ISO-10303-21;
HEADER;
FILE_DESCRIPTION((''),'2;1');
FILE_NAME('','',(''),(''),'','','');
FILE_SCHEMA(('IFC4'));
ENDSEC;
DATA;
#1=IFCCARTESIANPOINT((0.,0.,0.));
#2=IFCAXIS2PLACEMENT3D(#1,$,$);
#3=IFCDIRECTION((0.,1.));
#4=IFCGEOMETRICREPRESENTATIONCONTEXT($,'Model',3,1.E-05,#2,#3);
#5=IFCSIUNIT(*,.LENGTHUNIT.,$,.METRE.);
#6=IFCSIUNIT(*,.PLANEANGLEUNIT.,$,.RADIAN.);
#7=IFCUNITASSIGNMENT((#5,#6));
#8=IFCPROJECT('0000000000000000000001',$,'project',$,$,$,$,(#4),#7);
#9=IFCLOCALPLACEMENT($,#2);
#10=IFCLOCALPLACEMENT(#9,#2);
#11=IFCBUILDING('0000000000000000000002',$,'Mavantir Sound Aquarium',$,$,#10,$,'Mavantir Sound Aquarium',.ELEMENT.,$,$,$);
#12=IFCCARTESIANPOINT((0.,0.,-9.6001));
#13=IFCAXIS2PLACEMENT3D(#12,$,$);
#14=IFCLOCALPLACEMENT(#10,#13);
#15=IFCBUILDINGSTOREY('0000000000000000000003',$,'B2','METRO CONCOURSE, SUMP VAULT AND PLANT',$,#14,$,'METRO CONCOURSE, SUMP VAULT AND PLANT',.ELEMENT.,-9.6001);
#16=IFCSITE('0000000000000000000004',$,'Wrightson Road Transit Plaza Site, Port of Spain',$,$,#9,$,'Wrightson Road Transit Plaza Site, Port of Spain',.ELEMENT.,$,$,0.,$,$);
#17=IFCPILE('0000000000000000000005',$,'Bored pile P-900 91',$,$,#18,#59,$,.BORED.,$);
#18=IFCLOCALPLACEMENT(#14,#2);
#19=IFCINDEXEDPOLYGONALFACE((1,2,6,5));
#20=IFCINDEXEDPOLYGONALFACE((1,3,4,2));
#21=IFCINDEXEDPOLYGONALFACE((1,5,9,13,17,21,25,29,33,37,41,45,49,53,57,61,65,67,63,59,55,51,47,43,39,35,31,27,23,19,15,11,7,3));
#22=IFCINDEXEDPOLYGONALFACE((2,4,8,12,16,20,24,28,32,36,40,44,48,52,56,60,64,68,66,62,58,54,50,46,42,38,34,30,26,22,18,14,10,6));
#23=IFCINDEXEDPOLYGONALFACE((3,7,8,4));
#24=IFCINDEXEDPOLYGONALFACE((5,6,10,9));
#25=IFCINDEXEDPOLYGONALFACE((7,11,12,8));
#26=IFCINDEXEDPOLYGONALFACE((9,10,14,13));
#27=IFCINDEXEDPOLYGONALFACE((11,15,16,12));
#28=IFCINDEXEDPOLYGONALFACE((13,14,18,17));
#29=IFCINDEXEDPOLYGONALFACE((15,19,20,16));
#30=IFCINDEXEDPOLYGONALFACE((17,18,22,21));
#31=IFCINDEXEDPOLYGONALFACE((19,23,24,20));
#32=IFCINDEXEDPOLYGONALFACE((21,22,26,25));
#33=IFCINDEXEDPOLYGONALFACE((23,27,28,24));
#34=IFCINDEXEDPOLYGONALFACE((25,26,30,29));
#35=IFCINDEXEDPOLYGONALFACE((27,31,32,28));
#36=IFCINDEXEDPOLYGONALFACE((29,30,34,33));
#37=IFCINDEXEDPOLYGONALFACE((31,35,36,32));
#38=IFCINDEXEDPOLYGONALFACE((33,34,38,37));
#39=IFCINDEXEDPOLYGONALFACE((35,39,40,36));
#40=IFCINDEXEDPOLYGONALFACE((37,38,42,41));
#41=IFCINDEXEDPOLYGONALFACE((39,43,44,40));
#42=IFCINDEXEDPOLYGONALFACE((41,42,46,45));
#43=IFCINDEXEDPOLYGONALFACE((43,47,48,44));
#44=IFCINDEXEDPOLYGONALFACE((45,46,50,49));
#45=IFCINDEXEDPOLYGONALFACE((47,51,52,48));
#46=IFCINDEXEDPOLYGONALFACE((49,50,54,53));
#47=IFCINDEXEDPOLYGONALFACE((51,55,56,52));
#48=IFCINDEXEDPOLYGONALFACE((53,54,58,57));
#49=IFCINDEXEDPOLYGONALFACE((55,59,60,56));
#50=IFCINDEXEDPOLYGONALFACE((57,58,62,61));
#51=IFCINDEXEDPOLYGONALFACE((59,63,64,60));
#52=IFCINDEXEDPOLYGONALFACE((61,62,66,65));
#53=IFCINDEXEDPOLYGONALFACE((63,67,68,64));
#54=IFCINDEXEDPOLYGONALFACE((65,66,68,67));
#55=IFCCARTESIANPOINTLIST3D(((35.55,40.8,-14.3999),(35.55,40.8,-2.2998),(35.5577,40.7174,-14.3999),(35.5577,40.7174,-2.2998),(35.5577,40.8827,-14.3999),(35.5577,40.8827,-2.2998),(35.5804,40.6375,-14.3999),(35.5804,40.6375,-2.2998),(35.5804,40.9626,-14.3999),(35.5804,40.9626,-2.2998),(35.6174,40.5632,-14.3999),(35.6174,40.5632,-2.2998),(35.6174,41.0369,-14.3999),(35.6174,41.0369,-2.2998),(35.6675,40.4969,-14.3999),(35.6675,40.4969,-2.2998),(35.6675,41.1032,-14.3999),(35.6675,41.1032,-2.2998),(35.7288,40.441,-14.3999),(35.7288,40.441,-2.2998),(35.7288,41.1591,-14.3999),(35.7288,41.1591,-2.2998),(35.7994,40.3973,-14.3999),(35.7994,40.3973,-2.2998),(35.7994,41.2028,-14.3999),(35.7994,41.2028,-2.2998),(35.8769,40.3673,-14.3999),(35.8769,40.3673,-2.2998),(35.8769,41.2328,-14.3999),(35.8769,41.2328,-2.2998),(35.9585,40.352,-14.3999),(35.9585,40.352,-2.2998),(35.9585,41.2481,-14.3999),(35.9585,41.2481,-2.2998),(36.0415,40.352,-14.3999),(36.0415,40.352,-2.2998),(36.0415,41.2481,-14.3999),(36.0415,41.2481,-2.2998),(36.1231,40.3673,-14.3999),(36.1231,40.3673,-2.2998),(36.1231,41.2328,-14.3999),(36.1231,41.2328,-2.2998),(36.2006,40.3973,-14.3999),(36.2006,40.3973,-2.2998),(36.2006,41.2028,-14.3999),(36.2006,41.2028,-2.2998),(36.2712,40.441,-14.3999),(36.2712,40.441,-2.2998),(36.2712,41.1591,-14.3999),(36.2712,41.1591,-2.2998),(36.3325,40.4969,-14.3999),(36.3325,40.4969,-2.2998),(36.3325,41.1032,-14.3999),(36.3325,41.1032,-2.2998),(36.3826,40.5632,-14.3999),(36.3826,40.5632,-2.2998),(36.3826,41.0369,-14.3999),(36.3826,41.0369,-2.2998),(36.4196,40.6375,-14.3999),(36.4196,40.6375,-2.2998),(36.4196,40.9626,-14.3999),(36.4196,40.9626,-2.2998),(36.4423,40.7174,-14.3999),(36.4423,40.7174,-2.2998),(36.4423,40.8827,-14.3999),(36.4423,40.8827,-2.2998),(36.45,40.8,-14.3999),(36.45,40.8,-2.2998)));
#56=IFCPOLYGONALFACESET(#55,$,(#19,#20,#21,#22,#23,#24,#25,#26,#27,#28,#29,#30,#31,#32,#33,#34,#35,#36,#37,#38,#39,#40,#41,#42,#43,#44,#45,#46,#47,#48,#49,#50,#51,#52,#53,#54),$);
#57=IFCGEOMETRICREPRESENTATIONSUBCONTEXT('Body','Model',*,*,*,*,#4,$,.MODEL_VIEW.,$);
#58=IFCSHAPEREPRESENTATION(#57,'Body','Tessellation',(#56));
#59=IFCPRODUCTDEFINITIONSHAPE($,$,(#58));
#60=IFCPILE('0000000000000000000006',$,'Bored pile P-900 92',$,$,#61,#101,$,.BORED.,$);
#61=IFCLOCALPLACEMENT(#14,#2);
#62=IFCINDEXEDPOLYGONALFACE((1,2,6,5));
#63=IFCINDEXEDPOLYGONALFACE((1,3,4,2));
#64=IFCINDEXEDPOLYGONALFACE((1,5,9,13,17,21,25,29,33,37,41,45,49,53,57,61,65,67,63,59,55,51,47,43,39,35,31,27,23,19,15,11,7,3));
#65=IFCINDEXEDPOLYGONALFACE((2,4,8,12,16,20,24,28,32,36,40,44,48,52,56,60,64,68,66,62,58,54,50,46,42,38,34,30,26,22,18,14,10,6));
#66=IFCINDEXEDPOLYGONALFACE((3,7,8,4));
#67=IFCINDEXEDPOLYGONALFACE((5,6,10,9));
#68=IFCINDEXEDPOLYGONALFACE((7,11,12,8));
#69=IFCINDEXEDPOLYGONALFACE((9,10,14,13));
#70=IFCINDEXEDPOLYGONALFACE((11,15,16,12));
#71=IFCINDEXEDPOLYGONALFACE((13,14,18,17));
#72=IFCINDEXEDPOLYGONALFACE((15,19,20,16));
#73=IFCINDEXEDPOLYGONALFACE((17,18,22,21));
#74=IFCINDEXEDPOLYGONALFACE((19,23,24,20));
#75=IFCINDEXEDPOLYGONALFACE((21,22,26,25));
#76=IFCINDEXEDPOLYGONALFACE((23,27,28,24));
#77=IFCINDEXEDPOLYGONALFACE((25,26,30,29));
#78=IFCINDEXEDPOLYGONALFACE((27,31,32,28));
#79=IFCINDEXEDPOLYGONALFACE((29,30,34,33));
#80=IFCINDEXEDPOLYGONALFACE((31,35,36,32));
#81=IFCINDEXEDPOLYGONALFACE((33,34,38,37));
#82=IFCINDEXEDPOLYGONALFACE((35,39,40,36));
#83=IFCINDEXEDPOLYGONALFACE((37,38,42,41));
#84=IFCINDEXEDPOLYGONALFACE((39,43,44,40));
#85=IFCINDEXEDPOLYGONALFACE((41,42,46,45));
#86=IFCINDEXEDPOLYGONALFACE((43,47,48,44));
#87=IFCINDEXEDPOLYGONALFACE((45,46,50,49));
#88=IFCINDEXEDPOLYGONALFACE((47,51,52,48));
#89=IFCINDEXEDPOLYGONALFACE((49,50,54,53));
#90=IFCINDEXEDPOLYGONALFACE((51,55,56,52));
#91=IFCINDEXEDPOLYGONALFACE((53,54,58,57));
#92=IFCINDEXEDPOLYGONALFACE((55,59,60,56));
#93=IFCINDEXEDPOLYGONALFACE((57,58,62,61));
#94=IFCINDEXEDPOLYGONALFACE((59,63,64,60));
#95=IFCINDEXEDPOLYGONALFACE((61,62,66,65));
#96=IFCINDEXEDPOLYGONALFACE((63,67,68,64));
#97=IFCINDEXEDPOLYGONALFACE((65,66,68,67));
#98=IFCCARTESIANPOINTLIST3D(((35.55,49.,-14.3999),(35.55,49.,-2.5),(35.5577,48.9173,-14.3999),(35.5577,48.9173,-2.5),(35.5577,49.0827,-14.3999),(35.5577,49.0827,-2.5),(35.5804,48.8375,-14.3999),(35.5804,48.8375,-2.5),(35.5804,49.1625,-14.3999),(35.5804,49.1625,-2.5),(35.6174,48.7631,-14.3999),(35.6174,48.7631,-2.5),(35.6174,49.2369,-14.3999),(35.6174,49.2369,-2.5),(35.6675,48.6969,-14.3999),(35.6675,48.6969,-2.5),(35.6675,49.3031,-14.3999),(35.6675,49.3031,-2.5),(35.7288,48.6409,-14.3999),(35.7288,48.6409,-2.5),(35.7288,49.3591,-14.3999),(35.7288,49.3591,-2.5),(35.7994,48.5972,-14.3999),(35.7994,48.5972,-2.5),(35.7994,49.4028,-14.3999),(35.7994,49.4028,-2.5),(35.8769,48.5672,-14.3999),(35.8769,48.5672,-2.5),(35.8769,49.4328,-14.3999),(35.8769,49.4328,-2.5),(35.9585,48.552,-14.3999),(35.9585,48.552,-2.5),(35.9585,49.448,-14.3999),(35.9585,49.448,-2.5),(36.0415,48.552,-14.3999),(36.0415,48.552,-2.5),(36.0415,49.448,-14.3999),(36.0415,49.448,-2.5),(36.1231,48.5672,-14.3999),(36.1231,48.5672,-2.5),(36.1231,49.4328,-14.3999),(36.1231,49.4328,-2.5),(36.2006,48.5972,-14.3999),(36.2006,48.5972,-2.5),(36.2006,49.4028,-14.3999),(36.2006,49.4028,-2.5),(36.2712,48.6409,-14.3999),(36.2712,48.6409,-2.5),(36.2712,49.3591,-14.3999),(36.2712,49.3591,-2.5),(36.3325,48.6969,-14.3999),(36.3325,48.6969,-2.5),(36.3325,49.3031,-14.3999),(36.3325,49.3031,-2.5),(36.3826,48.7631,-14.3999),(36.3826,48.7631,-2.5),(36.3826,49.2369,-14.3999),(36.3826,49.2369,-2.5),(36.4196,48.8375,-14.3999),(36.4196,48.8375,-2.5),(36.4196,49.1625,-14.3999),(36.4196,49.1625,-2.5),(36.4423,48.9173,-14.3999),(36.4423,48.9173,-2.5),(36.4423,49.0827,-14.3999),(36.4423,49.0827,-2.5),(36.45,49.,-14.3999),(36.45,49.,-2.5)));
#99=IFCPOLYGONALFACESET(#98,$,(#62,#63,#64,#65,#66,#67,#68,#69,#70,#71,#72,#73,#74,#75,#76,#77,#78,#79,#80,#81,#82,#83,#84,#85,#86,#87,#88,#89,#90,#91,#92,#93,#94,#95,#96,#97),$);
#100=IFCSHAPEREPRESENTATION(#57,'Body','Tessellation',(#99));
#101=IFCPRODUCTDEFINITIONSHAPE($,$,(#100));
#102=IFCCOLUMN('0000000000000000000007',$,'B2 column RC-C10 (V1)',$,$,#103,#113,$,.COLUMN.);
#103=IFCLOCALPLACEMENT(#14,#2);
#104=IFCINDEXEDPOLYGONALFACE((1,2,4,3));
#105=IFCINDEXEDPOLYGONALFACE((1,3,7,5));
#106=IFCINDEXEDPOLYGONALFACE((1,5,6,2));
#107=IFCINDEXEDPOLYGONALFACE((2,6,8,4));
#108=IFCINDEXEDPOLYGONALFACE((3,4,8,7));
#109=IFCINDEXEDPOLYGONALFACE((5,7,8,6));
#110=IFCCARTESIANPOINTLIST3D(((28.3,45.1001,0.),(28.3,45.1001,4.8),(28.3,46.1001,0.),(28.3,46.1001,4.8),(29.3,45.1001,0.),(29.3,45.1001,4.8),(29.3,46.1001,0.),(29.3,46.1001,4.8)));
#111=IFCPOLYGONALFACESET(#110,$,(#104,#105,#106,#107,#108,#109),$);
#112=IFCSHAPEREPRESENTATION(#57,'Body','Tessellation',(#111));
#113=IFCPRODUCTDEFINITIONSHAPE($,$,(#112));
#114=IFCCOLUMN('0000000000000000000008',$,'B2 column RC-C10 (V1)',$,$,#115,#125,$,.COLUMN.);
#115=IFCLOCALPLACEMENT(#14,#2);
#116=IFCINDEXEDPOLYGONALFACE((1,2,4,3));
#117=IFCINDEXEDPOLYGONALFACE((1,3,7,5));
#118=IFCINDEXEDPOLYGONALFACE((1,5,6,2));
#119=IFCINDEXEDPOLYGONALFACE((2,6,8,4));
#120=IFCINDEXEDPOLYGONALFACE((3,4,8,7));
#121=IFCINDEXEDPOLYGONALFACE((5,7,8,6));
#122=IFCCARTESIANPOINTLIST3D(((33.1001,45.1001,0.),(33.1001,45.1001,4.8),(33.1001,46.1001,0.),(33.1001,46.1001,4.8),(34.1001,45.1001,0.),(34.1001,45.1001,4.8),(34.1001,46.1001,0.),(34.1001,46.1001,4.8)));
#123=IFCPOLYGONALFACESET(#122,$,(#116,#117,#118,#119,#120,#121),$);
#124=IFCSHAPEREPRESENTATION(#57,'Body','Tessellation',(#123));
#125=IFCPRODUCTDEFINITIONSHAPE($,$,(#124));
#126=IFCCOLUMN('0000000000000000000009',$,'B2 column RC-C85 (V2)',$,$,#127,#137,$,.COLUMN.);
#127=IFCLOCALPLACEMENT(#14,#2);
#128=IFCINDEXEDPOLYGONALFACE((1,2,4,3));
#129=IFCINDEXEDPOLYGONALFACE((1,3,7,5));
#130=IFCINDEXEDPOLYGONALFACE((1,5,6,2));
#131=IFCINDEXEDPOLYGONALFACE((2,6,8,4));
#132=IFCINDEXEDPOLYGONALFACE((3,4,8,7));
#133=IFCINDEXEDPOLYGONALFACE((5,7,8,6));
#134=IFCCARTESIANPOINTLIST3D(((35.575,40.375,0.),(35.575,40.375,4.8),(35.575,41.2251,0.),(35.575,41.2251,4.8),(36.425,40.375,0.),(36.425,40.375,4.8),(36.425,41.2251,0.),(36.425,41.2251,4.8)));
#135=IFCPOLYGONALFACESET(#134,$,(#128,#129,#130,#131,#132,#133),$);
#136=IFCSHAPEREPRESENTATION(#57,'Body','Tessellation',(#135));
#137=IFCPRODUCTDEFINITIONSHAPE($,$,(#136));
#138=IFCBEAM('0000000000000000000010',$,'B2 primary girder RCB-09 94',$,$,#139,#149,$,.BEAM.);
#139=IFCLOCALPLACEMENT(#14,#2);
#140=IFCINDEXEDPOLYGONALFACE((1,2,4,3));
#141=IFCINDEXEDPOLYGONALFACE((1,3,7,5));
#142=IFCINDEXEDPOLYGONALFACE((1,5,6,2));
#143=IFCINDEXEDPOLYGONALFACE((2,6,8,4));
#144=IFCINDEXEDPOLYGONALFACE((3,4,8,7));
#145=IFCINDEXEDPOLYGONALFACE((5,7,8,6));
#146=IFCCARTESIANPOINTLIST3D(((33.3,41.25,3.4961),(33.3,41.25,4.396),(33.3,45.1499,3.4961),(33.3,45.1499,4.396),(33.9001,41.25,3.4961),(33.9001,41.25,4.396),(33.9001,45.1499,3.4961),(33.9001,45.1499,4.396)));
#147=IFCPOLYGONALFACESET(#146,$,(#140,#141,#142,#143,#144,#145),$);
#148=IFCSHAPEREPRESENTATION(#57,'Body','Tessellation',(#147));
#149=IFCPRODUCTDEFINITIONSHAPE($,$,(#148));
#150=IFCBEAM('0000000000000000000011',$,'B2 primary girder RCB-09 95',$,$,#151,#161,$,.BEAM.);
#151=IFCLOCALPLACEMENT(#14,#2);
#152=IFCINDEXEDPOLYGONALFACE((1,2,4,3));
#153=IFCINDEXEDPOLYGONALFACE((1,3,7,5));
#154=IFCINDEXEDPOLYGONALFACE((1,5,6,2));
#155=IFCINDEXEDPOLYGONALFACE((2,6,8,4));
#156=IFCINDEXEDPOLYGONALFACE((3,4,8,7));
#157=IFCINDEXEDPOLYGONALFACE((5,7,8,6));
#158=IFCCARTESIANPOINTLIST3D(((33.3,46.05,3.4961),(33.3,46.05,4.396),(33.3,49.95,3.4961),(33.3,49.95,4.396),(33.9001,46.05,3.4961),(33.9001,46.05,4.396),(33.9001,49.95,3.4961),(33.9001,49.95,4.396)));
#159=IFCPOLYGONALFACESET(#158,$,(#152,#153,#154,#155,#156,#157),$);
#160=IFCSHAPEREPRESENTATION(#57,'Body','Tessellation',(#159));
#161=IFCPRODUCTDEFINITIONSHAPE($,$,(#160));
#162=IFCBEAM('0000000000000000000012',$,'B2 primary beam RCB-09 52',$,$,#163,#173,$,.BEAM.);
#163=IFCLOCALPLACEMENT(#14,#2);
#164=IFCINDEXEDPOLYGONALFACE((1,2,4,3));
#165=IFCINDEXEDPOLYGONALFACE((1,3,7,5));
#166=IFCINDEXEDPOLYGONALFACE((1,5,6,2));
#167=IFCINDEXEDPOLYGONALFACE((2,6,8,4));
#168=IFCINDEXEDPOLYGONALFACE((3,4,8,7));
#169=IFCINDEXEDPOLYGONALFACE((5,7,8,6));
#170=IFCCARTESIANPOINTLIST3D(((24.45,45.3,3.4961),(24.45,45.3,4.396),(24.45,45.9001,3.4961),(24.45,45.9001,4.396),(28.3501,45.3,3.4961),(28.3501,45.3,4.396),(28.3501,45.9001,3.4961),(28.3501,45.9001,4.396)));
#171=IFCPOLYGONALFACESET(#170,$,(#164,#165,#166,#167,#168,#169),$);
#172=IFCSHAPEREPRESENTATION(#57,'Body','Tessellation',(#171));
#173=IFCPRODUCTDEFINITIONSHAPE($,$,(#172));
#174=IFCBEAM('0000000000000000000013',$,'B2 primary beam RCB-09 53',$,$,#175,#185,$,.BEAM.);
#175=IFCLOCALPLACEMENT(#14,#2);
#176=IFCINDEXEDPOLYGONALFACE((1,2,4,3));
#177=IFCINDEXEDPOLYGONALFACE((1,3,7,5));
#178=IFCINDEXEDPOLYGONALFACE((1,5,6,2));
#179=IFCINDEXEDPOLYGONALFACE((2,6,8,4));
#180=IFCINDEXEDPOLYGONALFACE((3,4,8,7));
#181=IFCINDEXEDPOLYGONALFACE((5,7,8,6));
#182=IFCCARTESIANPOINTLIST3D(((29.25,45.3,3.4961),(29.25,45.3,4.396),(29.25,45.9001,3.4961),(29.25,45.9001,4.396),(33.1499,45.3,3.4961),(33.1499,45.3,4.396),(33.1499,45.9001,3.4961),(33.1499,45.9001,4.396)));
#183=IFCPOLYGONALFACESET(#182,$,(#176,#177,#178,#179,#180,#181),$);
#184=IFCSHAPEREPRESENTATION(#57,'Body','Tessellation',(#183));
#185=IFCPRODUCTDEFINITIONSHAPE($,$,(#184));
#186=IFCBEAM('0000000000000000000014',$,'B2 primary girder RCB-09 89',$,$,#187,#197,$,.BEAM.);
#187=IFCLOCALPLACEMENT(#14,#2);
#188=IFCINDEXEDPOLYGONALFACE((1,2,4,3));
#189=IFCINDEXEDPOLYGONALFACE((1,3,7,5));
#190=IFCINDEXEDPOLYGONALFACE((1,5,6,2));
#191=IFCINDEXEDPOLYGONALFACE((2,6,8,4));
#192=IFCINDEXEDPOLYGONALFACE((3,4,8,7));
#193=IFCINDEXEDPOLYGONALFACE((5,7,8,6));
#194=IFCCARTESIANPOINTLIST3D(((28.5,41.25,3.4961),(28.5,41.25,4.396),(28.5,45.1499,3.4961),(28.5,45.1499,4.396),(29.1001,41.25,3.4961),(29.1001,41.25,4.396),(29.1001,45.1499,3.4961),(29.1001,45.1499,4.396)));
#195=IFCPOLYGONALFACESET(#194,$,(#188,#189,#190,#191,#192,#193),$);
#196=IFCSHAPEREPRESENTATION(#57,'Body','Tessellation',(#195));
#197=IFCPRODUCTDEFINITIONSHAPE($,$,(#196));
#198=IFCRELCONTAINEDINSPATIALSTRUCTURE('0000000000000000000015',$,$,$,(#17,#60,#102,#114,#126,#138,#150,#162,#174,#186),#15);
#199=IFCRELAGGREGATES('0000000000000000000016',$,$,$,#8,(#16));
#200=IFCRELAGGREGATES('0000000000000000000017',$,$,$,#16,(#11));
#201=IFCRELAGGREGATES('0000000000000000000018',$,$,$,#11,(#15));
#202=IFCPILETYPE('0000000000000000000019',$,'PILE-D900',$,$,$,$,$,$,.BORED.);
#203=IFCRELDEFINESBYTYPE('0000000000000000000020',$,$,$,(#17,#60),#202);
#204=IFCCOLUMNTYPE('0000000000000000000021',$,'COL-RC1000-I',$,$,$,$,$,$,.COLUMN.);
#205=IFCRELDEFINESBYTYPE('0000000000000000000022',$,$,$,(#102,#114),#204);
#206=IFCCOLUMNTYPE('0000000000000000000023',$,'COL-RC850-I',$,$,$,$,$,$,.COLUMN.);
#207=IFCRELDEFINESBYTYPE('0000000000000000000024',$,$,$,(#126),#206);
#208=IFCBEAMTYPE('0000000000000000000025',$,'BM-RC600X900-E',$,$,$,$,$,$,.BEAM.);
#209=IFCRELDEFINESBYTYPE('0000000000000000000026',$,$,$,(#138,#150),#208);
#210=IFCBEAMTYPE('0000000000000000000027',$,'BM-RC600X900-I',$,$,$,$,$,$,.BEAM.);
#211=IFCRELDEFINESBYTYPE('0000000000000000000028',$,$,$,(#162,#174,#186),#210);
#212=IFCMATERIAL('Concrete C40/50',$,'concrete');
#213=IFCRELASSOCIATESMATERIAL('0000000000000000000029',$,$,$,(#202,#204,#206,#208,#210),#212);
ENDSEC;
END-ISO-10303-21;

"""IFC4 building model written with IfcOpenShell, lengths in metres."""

from ifc_helpers import new_model, si_unit, direction, frame, origin, origin_2d, place, context, subcontext, project, spatial, rectangle, circle, extrude, material, material_profile, profile_set, type_object, element, save


model = new_model("IFC4")

# Units and contexts
model_context = context("Model", 3, precision=1e-05, world=origin(), true_north=direction((0.0, 1.0)))
body_context = subcontext(model_context, "Body", "Model", "MODEL_VIEW")
ifc_project = project(units=[si_unit("LENGTHUNIT", "METRE"), si_unit("PLANEANGLEUNIT", "RADIAN")], contexts=[model_context])

# Site, building, storey
site_placement = place(None, origin())
site = spatial("IfcSite", under=ifc_project, at=site_placement, Name="Wrightson Road Transit Plaza Site, Port of Spain", LongName="Wrightson Road Transit Plaza Site, Port of Spain", CompositionType="ELEMENT", RefElevation=0.0)
building_placement = place(site_placement, origin())
building = spatial("IfcBuilding", under=site, at=building_placement, Name="Mavantir Sound Aquarium", LongName="Mavantir Sound Aquarium", CompositionType="ELEMENT")
storey_placement = place(building_placement, frame((0.0, 0.0, -9.6001)))
storey = spatial("IfcBuildingStorey", under=building, at=storey_placement, Name="B2", Description="METRO CONCOURSE, SUMP VAULT AND PLANT", LongName="METRO CONCOURSE, SUMP VAULT AND PLANT", CompositionType="ELEMENT", Elevation=-9.6001)

# Shared definitions
ifc_material_1 = material(Name="Concrete C40/50", Category="concrete")

# Piles
ifc_material_profile_1 = material_profile(ifc_material_1, circle(Radius=0.45, at=origin_2d()), Name="PILE D900")
ifc_profile_set_1 = profile_set([ifc_material_profile_1], Name="Concrete C40/50")
pile_type_1 = type_object("IfcPileType", Name="PILE-D900", PredefinedType="BORED", material=ifc_profile_set_1)
pile_1_placement = place(storey_placement, frame((36.0, 40.8, -2.2998), z_axis=(0.0, 0.0, -1.0), x_axis=(1.0, 0.0, 0.0)))
element("IfcPile", 1, at=pile_1_placement, inside=storey, type_object=pile_type_1, Name="Bored pile P-900 91", PredefinedType="BORED", context=body_context, shape_type="SweptSolid", body=[
    extrude(circle(Radius=0.45, at=origin_2d()), origin(), (0.0, 0.0, 1.0), 12.1001),
])
pile_2_placement = place(storey_placement, frame((36.0, 49.0, -2.5), z_axis=(0.0, 0.0, -1.0), x_axis=(1.0, 0.0, 0.0)))
element("IfcPile", 2, at=pile_2_placement, inside=storey, type_object=pile_type_1, Name="Bored pile P-900 92", PredefinedType="BORED", context=body_context, shape_type="SweptSolid", body=[
    extrude(circle(Radius=0.45, at=origin_2d()), origin(), (0.0, 0.0, 1.0), 11.8999),
])

# Columns
ifc_material_profile_2 = material_profile(ifc_material_1, rectangle(XDim=1.0, YDim=1.0, at=origin_2d()), Name="RC 1000X1000")
ifc_profile_set_2 = profile_set([ifc_material_profile_2], Name="Concrete C40/50")
column_type_1 = type_object("IfcColumnType", Name="COL-RC1000-I", PredefinedType="COLUMN", material=ifc_profile_set_2)
for number, where, z_axis, x_axis, name in (
    (3, (28.8, 45.6001, 0.0), (0.0, 0.0, 1.0), (1.0, 0.0, 0.0), "B2 column RC-C10 (V1)"),
    (4, (33.6001, 45.6001, 0.0), (0.0, 0.0, 1.0), (1.0, 0.0, 0.0), "B2 column RC-C10 (V1)"),
):
    element("IfcColumn", number, at=place(storey_placement, frame(where, z_axis=z_axis, x_axis=x_axis)), inside=storey, type_object=column_type_1, Name=name, PredefinedType="COLUMN", context=body_context, shape_type="SweptSolid", body=[
        extrude(rectangle(XDim=1.0, YDim=1.0, at=origin_2d()), origin(), (0.0, 0.0, 1.0), 4.8),
    ])
ifc_material_profile_3 = material_profile(ifc_material_1, rectangle(XDim=0.8501, YDim=0.8501, at=origin_2d()), Name="RC 850X850")
ifc_profile_set_3 = profile_set([ifc_material_profile_3], Name="Concrete C40/50")
column_type_2 = type_object("IfcColumnType", Name="COL-RC850-I", PredefinedType="COLUMN", material=ifc_profile_set_3)
column_placement = place(storey_placement, frame((36.0, 40.8, 0.0), z_axis=(0.0, 0.0, 1.0), x_axis=(1.0, 0.0, 0.0)))
element("IfcColumn", 5, at=column_placement, inside=storey, type_object=column_type_2, Name="B2 column RC-C85 (V2)", PredefinedType="COLUMN", context=body_context, shape_type="SweptSolid", body=[
    extrude(rectangle(XDim=0.8501, YDim=0.8501, at=origin_2d()), origin(), (0.0, 0.0, 1.0), 4.8),
])

# Beams
ifc_material_profile_4 = material_profile(ifc_material_1, rectangle(XDim=0.6001, YDim=0.8999, at=origin_2d()), Name="RC 600X900")
ifc_profile_set_4 = profile_set([ifc_material_profile_4], Name="Concrete C40/50")
beam_type_1 = type_object("IfcBeamType", Name="BM-RC600X900-E", PredefinedType="BEAM", material=ifc_profile_set_4)
for number, where, z_axis, x_axis, name in (
    (6, (33.6001, 41.25, 3.946), (0.0, 1.0, 0.0), (-1.0, 0.0, 0.0), "B2 primary girder RCB-09 94"),
    (7, (33.6001, 46.05, 3.946), (0.0, 1.0, 0.0), (-1.0, 0.0, 0.0), "B2 primary girder RCB-09 95"),
):
    element("IfcBeam", number, at=place(storey_placement, frame(where, z_axis=z_axis, x_axis=x_axis)), inside=storey, type_object=beam_type_1, Name=name, PredefinedType="BEAM", context=body_context, shape_type="SweptSolid", body=[
        extrude(rectangle(XDim=0.6001, YDim=0.8999, at=origin_2d()), origin(), (0.0, 0.0, 1.0), 3.8999),
    ])
ifc_material_profile_5 = material_profile(ifc_material_1, rectangle(XDim=0.6001, YDim=0.8999, at=origin_2d()), Name="RC 600X900")
ifc_profile_set_5 = profile_set([ifc_material_profile_5], Name="Concrete C40/50")
beam_type_2 = type_object("IfcBeamType", Name="BM-RC600X900-I", PredefinedType="BEAM", material=ifc_profile_set_5)
beam_1_placement = place(storey_placement, frame((24.45, 45.6001, 3.946), z_axis=(1.0, 0.0, 0.0), x_axis=(0.0, 1.0, 0.0)))
element("IfcBeam", 8, at=beam_1_placement, inside=storey, type_object=beam_type_2, Name="B2 primary beam RCB-09 52", PredefinedType="BEAM", context=body_context, shape_type="SweptSolid", body=[
    extrude(rectangle(XDim=0.6001, YDim=0.8999, at=origin_2d()), origin(), (0.0, 0.0, 1.0), 3.9001),
])
for number, where, z_axis, x_axis, name in (
    (9, (29.25, 45.6001, 3.946), (1.0, 0.0, 0.0), (0.0, 1.0, 0.0), "B2 primary beam RCB-09 53"),
    (10, (28.8, 41.25, 3.946), (0.0, 1.0, 0.0), (-1.0, 0.0, 0.0), "B2 primary girder RCB-09 89"),
):
    element("IfcBeam", number, at=place(storey_placement, frame(where, z_axis=z_axis, x_axis=x_axis)), inside=storey, type_object=beam_type_2, Name=name, PredefinedType="BEAM", context=body_context, shape_type="SweptSolid", body=[
        extrude(rectangle(XDim=0.6001, YDim=0.8999, at=origin_2d()), origin(), (0.0, 0.0, 1.0), 3.8999),
    ])

save(model, "model.ifc")
